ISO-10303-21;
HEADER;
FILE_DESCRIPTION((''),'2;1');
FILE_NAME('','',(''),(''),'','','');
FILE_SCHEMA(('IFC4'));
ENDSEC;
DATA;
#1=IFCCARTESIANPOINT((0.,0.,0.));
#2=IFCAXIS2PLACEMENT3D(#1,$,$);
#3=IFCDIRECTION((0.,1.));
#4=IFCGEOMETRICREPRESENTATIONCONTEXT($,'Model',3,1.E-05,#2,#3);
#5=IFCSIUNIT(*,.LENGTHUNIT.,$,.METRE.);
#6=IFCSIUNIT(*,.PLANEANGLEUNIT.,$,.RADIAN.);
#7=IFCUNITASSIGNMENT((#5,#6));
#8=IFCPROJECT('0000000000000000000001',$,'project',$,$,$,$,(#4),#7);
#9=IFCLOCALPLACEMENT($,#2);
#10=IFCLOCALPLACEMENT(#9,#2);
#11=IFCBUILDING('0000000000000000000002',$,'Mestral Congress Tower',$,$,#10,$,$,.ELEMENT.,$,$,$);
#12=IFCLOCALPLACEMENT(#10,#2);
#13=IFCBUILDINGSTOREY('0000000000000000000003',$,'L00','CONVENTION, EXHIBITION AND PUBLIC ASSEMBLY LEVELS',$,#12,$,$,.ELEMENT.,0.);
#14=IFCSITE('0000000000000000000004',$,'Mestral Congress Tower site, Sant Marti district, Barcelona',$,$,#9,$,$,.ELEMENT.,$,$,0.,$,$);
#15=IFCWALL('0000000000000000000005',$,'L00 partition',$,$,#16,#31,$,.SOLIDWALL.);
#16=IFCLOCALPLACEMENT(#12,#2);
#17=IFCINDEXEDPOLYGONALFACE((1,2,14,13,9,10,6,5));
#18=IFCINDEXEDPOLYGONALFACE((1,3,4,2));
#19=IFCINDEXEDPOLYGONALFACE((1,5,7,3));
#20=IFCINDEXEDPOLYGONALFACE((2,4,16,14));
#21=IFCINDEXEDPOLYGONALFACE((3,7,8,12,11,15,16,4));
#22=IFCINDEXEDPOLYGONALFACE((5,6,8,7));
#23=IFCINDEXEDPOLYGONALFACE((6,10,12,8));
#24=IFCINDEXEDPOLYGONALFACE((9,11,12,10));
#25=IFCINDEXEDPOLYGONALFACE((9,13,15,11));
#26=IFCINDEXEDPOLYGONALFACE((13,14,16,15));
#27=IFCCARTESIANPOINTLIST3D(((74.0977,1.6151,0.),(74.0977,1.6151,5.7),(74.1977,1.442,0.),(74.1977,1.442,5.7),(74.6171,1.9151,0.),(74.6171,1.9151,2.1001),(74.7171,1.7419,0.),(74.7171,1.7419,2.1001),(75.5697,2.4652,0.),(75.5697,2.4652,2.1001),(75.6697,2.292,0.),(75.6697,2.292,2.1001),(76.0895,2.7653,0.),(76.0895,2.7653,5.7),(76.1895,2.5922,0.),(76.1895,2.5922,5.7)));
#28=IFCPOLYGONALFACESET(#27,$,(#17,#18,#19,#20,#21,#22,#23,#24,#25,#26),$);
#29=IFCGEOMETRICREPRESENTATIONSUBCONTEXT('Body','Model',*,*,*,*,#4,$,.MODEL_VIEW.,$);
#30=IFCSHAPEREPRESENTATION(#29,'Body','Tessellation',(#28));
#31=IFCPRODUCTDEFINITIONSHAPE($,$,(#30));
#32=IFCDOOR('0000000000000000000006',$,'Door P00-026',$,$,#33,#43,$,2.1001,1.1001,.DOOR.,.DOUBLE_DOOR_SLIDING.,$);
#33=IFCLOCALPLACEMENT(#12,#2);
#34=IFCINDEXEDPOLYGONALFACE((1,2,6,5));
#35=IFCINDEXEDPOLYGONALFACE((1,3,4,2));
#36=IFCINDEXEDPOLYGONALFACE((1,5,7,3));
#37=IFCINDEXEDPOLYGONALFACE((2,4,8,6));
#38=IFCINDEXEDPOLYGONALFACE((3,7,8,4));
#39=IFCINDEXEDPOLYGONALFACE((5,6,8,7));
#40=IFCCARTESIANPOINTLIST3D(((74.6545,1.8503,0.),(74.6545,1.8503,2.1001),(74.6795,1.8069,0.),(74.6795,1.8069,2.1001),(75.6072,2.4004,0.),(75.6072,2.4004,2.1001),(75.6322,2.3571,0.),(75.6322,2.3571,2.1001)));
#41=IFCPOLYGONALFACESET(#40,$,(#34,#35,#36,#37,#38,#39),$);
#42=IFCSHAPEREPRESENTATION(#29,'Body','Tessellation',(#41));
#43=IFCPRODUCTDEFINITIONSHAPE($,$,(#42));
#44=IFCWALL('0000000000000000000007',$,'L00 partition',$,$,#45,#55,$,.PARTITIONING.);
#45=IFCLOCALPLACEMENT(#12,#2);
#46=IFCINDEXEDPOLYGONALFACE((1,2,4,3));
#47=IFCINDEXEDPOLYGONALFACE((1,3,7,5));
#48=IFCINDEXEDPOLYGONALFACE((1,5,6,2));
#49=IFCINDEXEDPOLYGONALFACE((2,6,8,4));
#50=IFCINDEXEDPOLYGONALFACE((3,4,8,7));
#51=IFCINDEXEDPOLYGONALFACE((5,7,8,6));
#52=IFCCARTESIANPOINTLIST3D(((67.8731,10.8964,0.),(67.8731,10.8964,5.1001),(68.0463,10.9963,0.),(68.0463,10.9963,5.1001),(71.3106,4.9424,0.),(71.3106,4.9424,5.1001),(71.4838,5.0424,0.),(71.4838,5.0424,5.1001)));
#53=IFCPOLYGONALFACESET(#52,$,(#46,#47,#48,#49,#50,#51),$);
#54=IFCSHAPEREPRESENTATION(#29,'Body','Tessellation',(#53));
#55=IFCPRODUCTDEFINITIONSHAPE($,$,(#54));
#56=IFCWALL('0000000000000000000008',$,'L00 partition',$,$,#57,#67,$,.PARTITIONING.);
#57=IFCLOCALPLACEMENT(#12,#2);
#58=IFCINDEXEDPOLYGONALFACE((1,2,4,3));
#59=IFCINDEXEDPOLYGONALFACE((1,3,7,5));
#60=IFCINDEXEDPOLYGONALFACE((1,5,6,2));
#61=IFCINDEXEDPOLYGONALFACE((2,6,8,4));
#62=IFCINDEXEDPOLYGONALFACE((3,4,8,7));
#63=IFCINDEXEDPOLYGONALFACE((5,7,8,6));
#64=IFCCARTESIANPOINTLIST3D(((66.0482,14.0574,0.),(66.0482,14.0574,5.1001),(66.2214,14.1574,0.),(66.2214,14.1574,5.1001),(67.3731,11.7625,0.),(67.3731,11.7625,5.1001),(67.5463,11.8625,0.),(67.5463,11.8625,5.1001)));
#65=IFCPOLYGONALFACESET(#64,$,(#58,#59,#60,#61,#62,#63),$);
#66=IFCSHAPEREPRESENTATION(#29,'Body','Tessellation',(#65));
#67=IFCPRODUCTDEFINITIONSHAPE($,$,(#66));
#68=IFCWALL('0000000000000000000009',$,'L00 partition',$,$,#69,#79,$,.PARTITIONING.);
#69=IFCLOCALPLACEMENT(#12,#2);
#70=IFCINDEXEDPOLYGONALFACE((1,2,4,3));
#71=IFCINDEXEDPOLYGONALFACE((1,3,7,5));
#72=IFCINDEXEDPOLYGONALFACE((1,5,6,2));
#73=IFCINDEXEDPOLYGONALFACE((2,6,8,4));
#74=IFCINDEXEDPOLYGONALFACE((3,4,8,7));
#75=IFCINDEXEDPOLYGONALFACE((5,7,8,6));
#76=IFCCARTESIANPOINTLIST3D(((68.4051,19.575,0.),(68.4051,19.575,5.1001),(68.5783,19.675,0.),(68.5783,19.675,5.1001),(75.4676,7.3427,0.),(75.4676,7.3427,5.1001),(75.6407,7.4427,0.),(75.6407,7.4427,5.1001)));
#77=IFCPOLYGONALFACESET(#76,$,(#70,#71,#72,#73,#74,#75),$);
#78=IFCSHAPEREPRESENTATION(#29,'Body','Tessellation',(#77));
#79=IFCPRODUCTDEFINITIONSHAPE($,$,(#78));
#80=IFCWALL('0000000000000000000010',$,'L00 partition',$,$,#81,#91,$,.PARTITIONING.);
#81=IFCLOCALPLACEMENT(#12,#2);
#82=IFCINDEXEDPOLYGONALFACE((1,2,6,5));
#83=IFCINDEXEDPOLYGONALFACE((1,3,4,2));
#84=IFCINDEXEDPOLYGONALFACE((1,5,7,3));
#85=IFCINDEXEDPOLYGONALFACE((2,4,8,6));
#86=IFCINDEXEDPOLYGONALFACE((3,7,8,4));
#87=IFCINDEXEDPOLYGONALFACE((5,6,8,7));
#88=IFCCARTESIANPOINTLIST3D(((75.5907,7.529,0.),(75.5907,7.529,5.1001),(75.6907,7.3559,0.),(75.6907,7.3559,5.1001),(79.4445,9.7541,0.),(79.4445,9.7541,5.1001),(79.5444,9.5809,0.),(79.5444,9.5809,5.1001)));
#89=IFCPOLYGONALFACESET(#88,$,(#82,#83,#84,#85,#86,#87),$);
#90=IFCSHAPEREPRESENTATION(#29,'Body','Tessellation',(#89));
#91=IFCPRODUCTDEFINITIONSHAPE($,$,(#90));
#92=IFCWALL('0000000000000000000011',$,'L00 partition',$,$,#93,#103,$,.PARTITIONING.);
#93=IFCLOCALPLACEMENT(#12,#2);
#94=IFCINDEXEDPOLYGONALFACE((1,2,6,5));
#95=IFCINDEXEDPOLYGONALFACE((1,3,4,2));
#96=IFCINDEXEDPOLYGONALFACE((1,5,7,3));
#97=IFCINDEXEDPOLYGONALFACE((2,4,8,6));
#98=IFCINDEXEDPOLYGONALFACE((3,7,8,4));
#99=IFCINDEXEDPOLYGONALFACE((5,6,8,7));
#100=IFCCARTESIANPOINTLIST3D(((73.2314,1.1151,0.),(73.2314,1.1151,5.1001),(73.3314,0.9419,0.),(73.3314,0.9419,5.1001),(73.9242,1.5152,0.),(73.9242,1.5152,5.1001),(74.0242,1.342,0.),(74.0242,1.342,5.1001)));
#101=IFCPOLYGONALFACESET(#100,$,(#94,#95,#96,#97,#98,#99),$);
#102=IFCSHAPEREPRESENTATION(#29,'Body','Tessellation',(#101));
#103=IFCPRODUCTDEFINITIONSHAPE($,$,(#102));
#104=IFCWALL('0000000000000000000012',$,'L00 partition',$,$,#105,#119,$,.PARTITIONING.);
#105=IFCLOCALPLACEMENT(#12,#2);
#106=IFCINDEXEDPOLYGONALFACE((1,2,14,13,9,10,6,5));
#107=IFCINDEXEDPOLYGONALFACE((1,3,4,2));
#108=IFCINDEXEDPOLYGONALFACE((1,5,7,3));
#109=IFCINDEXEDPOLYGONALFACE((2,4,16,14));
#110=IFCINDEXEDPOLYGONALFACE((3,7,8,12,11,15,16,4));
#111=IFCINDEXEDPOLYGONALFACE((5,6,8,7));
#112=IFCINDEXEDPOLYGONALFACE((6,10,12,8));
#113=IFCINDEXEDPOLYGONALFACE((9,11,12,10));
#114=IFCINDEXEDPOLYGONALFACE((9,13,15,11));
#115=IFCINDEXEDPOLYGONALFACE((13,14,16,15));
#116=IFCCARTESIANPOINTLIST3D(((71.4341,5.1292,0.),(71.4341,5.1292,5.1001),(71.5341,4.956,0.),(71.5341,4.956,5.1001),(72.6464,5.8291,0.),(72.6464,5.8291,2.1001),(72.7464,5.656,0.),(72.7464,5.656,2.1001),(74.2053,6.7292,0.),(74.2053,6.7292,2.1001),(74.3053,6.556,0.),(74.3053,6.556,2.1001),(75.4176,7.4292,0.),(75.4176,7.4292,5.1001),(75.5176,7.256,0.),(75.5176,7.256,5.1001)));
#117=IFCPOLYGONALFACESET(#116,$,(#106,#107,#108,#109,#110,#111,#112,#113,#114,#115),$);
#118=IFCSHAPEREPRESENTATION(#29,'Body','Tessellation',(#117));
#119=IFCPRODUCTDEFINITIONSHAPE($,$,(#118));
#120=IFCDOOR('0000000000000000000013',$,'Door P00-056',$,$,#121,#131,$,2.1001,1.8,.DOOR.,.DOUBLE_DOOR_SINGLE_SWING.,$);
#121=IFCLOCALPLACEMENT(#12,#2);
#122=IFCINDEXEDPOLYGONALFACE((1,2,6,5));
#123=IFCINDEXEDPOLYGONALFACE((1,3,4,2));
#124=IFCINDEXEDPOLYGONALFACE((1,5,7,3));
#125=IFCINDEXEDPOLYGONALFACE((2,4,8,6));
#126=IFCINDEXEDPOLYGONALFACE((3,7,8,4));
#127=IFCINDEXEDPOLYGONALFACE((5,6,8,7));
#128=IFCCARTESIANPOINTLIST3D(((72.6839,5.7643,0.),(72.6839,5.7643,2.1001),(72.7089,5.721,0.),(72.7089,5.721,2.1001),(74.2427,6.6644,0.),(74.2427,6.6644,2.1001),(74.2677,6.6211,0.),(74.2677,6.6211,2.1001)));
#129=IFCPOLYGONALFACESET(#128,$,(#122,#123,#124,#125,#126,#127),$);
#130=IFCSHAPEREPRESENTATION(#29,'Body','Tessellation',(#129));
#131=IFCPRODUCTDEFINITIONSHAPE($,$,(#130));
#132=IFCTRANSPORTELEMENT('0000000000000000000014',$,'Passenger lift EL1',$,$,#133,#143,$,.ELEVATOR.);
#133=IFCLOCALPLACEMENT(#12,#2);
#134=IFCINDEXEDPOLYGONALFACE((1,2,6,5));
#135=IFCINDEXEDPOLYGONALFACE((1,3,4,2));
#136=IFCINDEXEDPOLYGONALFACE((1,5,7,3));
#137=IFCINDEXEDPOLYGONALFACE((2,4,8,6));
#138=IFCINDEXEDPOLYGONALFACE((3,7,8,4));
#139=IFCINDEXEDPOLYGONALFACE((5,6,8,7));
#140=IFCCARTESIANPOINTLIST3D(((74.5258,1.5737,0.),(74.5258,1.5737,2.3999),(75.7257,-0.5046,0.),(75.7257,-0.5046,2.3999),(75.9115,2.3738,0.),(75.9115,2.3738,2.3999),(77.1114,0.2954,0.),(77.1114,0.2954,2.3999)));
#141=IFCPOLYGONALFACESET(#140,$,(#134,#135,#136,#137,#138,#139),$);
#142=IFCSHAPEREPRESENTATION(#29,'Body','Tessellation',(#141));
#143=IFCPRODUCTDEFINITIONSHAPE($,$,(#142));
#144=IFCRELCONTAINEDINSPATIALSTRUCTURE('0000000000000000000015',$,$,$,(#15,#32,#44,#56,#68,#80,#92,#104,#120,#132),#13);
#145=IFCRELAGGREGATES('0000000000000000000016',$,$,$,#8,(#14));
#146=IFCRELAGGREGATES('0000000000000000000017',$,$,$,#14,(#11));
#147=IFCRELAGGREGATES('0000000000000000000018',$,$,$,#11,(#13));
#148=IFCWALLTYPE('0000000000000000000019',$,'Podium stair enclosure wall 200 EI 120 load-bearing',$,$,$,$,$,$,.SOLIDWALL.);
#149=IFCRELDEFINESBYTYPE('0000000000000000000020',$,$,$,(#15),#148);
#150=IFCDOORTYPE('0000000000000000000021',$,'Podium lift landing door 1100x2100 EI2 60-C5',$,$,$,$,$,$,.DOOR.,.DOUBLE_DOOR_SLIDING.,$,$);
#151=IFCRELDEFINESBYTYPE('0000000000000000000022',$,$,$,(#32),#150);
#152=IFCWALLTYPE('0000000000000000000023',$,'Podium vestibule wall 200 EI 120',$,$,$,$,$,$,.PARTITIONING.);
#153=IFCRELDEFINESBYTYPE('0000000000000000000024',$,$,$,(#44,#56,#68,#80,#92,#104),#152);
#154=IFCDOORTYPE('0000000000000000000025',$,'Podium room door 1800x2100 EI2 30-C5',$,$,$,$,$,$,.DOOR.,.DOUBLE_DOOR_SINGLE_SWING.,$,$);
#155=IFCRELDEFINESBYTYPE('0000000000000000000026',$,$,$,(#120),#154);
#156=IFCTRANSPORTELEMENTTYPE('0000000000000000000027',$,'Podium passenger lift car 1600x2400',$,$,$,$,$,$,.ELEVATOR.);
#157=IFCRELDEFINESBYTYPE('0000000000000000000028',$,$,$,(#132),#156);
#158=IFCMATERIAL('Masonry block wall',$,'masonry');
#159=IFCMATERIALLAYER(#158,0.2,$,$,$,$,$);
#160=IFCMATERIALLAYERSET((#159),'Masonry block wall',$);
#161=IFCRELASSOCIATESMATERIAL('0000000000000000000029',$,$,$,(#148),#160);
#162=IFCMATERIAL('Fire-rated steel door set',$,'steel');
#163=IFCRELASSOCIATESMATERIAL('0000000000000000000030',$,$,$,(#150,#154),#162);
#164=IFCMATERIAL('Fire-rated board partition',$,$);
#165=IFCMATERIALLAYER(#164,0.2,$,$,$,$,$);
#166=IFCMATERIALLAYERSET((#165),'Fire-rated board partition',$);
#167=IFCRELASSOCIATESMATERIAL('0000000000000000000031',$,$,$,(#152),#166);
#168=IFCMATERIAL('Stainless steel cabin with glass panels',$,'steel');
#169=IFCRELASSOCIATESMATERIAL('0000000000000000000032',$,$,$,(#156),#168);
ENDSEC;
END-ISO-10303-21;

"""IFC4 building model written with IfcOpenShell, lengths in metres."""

from ifc_helpers import new_model, si_unit, direction, frame, frame_2d, origin, origin_2d, place, context, subcontext, project, spatial, rectangle, extrude, material, layer, layer_set, type_object, element, fill, save


model = new_model("IFC4")

# Units and contexts
model_context = context("Model", 3, precision=1e-05, world=origin(), true_north=direction((0.0, 1.0)))
body_context = subcontext(model_context, "Body", "Model", "MODEL_VIEW")
ifc_project = project(units=[si_unit("LENGTHUNIT", "METRE"), si_unit("PLANEANGLEUNIT", "RADIAN")], contexts=[model_context])

# Site, building, storey
site_placement = place(None, origin())
site = spatial("IfcSite", under=ifc_project, at=site_placement, Name="Mestral Congress Tower site, Sant Marti district, Barcelona", CompositionType="ELEMENT", RefElevation=0.0)
building_placement = place(site_placement, origin())
building = spatial("IfcBuilding", under=site, at=building_placement, Name="Mestral Congress Tower", CompositionType="ELEMENT")
storey_placement = place(building_placement, origin())
storey = spatial("IfcBuildingStorey", under=building, at=storey_placement, Name="L00", Description="CONVENTION, EXHIBITION AND PUBLIC ASSEMBLY LEVELS", CompositionType="ELEMENT", Elevation=0.0)

# Wall, opening, door
ifc_material_1 = material(Name="Masonry block wall", Category="masonry")
ifc_layer_1 = layer(ifc_material_1, 0.2)
ifc_layer_set_1 = layer_set([ifc_layer_1], Name="Masonry block wall")
wall_type_1 = type_object("IfcWallType", Name="Podium stair enclosure wall 200 EI 120 load-bearing", PredefinedType="SOLIDWALL", material=ifc_layer_set_1)
wall_1_placement = place(storey_placement, frame((76.1394, 2.6787, 0.0), z_axis=(0.0, 0.0, 1.0), x_axis=(-0.865981, -0.500078, 0.0)))
wall_1 = element("IfcWall", 1, at=wall_1_placement, inside=storey, type_object=wall_type_1, Name="L00 partition", PredefinedType="SOLIDWALL", context=body_context, shape_type="SweptSolid", body=[
    extrude(rectangle(XDim=2.3, YDim=0.2, at=frame_2d((1.1499, 0.0))), origin(), (0.0, 0.0, 1.0), 5.7),
])
opening_1_placement = place(wall_1_placement, frame((0.6001, 0.0, 0.0)))
opening_1 = element("IfcOpeningElement", 2, at=opening_1_placement, cuts=wall_1, PredefinedType="OPENING", context=body_context, shape_type="SweptSolid", body=[
    extrude(rectangle(XDim=1.1001, YDim=2.1001, at=frame_2d((0.55, 1.05))), frame((0.0, 0.1099, 0.0), z_axis=(0.0, -1.0, 0.0), x_axis=(1.0, 0.0, 0.0)), (0.0, 0.0, 1.0), 0.22),
])
ifc_material_2 = material(Name="Fire-rated steel door set", Category="steel")
door_type_1 = type_object("IfcDoorType", Name="Podium lift landing door 1100x2100 EI2 60-C5", OperationType="DOUBLE_DOOR_SLIDING", PredefinedType="DOOR", material=ifc_material_2)
door_1_placement = place(opening_1_placement, origin())
door_1 = element("IfcDoor", 3, at=door_1_placement, inside=storey, type_object=door_type_1, Name="Door P00-026", OperationType="DOUBLE_DOOR_SLIDING", OverallHeight=2.1001, OverallWidth=1.1001, PredefinedType="DOOR", context=body_context, shape_type="SweptSolid", body=[
    extrude(rectangle(XDim=1.1001, YDim=2.1001, at=frame_2d((0.55, 1.05))), frame((0.0, 0.0249, 0.0), z_axis=(0.0, -1.0, 0.0), x_axis=(1.0, 0.0, 0.0)), (0.0, 0.0, 1.0), 0.05),
])
fill(opening_1, door_1)

# Walls
ifc_material_3 = material(Name="Fire-rated board partition")
ifc_layer_2 = layer(ifc_material_3, 0.2)
ifc_layer_set_2 = layer_set([ifc_layer_2], Name="Fire-rated board partition")
wall_type_2 = type_object("IfcWallType", Name="Podium vestibule wall 200 EI 120", PredefinedType="PARTITIONING", material=ifc_layer_set_2)
wall_2_placement = place(storey_placement, frame((71.3972, 4.9924, 0.0), z_axis=(0.0, 0.0, 1.0), x_axis=(-0.500004, 0.866023, 0.0)))
element("IfcWall", 4, at=wall_2_placement, inside=storey, type_object=wall_type_2, Name="L00 partition", PredefinedType="PARTITIONING", context=body_context, shape_type="SweptSolid", body=[
    extrude(rectangle(XDim=6.875, YDim=0.2, at=frame_2d((3.4375, 0.0))), origin(), (0.0, 0.0, 1.0), 5.1001),
])
wall_3_placement = place(storey_placement, frame((67.4597, 11.8125, 0.0), z_axis=(0.0, 0.0, 1.0), x_axis=(-0.499994, 0.866029, 0.0)))
element("IfcWall", 5, at=wall_3_placement, inside=storey, type_object=wall_type_2, Name="L00 partition", PredefinedType="PARTITIONING", context=body_context, shape_type="SweptSolid", body=[
    extrude(rectangle(XDim=2.6499, YDim=0.2, at=frame_2d((1.325, 0.0))), origin(), (0.0, 0.0, 1.0), 5.1001),
])
wall_4_placement = place(storey_placement, frame((75.5542, 7.3926, 0.0), z_axis=(0.0, 0.0, 1.0), x_axis=(-0.500006, 0.866022, 0.0)))
element("IfcWall", 6, at=wall_4_placement, inside=storey, type_object=wall_type_2, Name="L00 partition", PredefinedType="PARTITIONING", context=body_context, shape_type="SweptSolid", body=[
    extrude(rectangle(XDim=14.1248, YDim=0.2, at=frame_2d((7.0625, 0.0))), origin(), (0.0, 0.0, 1.0), 5.1001),
])
wall_5_placement = place(storey_placement, frame((75.6406, 7.4424, 0.0), z_axis=(0.0, 0.0, 1.0), x_axis=(0.866013, 0.500022, 0.0)))
element("IfcWall", 7, at=wall_5_placement, inside=storey, type_object=wall_type_2, Name="L00 partition", PredefinedType="PARTITIONING", context=body_context, shape_type="SweptSolid", body=[
    extrude(rectangle(XDim=4.45, YDim=0.2, at=frame_2d((2.2251, 0.0))), origin(), (0.0, 0.0, 1.0), 5.1001),
])
wall_6_placement = place(storey_placement, frame((73.2815, 1.0286, 0.0), z_axis=(0.0, 0.0, 1.0), x_axis=(0.865962, 0.50011, 0.0)))
element("IfcWall", 8, at=wall_6_placement, inside=storey, type_object=wall_type_2, Name="L00 partition", PredefinedType="PARTITIONING", context=body_context, shape_type="SweptSolid", body=[
    extrude(rectangle(XDim=0.8, YDim=0.2, at=frame_2d((0.3999, 0.0))), origin(), (0.0, 0.0, 1.0), 5.1001),
])

# Wall, opening, door
wall_7_placement = place(storey_placement, frame((75.4675, 7.3425, 0.0), z_axis=(0.0, 0.0, 1.0), x_axis=(-0.866017, -0.500015, 0.0)))
wall_7 = element("IfcWall", 9, at=wall_7_placement, inside=storey, type_object=wall_type_2, Name="L00 partition", PredefinedType="PARTITIONING", context=body_context, shape_type="SweptSolid", body=[
    extrude(rectangle(XDim=4.5999, YDim=0.2, at=frame_2d((2.2998, 0.0))), origin(), (0.0, 0.0, 1.0), 5.1001),
])
opening_2_placement = place(wall_7_placement, frame((1.3999, 0.0, 0.0)))
opening_2 = element("IfcOpeningElement", 10, at=opening_2_placement, cuts=wall_7, PredefinedType="OPENING", context=body_context, shape_type="SweptSolid", body=[
    extrude(rectangle(XDim=1.8, YDim=2.1001, at=frame_2d((0.8999, 1.05))), frame((0.0, 0.1099, 0.0), z_axis=(0.0, -1.0, 0.0), x_axis=(1.0, 0.0, 0.0)), (0.0, 0.0, 1.0), 0.22),
])
door_type_2 = type_object("IfcDoorType", Name="Podium room door 1800x2100 EI2 30-C5", OperationType="DOUBLE_DOOR_SINGLE_SWING", PredefinedType="DOOR", material=ifc_material_2)
door_2_placement = place(opening_2_placement, origin())
door_2 = element("IfcDoor", 11, at=door_2_placement, inside=storey, type_object=door_type_2, Name="Door P00-056", OperationType="DOUBLE_DOOR_SINGLE_SWING", OverallHeight=2.1001, OverallWidth=1.8, PredefinedType="DOOR", context=body_context, shape_type="SweptSolid", body=[
    extrude(rectangle(XDim=1.8, YDim=2.1001, at=frame_2d((0.8999, 1.05))), frame((0.0, 0.0249, 0.0), z_axis=(0.0, -1.0, 0.0), x_axis=(1.0, 0.0, 0.0)), (0.0, 0.0, 1.0), 0.05),
])
fill(opening_2, door_2)

# Transport element
ifc_material_4 = material(Name="Stainless steel cabin with glass panels", Category="steel")
transport_element_type = type_object("IfcTransportElementType", Name="Podium passenger lift car 1600x2400", PredefinedType="ELEVATOR", material=ifc_material_4)
transport_element_placement = place(storey_placement, frame((75.8186, 0.9346, 0.0), z_axis=(0.0, 0.0, 1.0), x_axis=(-0.5, 0.866025, 0.0)))
element("IfcTransportElement", 12, at=transport_element_placement, inside=storey, type_object=transport_element_type, Name="Passenger lift EL1", PredefinedType="ELEVATOR", context=body_context, shape_type="SweptSolid", body=[
    extrude(rectangle(XDim=2.3999, YDim=1.6001, at=origin_2d()), origin(), (0.0, 0.0, 1.0), 2.3999),
])

save(model, "model.ifc")
